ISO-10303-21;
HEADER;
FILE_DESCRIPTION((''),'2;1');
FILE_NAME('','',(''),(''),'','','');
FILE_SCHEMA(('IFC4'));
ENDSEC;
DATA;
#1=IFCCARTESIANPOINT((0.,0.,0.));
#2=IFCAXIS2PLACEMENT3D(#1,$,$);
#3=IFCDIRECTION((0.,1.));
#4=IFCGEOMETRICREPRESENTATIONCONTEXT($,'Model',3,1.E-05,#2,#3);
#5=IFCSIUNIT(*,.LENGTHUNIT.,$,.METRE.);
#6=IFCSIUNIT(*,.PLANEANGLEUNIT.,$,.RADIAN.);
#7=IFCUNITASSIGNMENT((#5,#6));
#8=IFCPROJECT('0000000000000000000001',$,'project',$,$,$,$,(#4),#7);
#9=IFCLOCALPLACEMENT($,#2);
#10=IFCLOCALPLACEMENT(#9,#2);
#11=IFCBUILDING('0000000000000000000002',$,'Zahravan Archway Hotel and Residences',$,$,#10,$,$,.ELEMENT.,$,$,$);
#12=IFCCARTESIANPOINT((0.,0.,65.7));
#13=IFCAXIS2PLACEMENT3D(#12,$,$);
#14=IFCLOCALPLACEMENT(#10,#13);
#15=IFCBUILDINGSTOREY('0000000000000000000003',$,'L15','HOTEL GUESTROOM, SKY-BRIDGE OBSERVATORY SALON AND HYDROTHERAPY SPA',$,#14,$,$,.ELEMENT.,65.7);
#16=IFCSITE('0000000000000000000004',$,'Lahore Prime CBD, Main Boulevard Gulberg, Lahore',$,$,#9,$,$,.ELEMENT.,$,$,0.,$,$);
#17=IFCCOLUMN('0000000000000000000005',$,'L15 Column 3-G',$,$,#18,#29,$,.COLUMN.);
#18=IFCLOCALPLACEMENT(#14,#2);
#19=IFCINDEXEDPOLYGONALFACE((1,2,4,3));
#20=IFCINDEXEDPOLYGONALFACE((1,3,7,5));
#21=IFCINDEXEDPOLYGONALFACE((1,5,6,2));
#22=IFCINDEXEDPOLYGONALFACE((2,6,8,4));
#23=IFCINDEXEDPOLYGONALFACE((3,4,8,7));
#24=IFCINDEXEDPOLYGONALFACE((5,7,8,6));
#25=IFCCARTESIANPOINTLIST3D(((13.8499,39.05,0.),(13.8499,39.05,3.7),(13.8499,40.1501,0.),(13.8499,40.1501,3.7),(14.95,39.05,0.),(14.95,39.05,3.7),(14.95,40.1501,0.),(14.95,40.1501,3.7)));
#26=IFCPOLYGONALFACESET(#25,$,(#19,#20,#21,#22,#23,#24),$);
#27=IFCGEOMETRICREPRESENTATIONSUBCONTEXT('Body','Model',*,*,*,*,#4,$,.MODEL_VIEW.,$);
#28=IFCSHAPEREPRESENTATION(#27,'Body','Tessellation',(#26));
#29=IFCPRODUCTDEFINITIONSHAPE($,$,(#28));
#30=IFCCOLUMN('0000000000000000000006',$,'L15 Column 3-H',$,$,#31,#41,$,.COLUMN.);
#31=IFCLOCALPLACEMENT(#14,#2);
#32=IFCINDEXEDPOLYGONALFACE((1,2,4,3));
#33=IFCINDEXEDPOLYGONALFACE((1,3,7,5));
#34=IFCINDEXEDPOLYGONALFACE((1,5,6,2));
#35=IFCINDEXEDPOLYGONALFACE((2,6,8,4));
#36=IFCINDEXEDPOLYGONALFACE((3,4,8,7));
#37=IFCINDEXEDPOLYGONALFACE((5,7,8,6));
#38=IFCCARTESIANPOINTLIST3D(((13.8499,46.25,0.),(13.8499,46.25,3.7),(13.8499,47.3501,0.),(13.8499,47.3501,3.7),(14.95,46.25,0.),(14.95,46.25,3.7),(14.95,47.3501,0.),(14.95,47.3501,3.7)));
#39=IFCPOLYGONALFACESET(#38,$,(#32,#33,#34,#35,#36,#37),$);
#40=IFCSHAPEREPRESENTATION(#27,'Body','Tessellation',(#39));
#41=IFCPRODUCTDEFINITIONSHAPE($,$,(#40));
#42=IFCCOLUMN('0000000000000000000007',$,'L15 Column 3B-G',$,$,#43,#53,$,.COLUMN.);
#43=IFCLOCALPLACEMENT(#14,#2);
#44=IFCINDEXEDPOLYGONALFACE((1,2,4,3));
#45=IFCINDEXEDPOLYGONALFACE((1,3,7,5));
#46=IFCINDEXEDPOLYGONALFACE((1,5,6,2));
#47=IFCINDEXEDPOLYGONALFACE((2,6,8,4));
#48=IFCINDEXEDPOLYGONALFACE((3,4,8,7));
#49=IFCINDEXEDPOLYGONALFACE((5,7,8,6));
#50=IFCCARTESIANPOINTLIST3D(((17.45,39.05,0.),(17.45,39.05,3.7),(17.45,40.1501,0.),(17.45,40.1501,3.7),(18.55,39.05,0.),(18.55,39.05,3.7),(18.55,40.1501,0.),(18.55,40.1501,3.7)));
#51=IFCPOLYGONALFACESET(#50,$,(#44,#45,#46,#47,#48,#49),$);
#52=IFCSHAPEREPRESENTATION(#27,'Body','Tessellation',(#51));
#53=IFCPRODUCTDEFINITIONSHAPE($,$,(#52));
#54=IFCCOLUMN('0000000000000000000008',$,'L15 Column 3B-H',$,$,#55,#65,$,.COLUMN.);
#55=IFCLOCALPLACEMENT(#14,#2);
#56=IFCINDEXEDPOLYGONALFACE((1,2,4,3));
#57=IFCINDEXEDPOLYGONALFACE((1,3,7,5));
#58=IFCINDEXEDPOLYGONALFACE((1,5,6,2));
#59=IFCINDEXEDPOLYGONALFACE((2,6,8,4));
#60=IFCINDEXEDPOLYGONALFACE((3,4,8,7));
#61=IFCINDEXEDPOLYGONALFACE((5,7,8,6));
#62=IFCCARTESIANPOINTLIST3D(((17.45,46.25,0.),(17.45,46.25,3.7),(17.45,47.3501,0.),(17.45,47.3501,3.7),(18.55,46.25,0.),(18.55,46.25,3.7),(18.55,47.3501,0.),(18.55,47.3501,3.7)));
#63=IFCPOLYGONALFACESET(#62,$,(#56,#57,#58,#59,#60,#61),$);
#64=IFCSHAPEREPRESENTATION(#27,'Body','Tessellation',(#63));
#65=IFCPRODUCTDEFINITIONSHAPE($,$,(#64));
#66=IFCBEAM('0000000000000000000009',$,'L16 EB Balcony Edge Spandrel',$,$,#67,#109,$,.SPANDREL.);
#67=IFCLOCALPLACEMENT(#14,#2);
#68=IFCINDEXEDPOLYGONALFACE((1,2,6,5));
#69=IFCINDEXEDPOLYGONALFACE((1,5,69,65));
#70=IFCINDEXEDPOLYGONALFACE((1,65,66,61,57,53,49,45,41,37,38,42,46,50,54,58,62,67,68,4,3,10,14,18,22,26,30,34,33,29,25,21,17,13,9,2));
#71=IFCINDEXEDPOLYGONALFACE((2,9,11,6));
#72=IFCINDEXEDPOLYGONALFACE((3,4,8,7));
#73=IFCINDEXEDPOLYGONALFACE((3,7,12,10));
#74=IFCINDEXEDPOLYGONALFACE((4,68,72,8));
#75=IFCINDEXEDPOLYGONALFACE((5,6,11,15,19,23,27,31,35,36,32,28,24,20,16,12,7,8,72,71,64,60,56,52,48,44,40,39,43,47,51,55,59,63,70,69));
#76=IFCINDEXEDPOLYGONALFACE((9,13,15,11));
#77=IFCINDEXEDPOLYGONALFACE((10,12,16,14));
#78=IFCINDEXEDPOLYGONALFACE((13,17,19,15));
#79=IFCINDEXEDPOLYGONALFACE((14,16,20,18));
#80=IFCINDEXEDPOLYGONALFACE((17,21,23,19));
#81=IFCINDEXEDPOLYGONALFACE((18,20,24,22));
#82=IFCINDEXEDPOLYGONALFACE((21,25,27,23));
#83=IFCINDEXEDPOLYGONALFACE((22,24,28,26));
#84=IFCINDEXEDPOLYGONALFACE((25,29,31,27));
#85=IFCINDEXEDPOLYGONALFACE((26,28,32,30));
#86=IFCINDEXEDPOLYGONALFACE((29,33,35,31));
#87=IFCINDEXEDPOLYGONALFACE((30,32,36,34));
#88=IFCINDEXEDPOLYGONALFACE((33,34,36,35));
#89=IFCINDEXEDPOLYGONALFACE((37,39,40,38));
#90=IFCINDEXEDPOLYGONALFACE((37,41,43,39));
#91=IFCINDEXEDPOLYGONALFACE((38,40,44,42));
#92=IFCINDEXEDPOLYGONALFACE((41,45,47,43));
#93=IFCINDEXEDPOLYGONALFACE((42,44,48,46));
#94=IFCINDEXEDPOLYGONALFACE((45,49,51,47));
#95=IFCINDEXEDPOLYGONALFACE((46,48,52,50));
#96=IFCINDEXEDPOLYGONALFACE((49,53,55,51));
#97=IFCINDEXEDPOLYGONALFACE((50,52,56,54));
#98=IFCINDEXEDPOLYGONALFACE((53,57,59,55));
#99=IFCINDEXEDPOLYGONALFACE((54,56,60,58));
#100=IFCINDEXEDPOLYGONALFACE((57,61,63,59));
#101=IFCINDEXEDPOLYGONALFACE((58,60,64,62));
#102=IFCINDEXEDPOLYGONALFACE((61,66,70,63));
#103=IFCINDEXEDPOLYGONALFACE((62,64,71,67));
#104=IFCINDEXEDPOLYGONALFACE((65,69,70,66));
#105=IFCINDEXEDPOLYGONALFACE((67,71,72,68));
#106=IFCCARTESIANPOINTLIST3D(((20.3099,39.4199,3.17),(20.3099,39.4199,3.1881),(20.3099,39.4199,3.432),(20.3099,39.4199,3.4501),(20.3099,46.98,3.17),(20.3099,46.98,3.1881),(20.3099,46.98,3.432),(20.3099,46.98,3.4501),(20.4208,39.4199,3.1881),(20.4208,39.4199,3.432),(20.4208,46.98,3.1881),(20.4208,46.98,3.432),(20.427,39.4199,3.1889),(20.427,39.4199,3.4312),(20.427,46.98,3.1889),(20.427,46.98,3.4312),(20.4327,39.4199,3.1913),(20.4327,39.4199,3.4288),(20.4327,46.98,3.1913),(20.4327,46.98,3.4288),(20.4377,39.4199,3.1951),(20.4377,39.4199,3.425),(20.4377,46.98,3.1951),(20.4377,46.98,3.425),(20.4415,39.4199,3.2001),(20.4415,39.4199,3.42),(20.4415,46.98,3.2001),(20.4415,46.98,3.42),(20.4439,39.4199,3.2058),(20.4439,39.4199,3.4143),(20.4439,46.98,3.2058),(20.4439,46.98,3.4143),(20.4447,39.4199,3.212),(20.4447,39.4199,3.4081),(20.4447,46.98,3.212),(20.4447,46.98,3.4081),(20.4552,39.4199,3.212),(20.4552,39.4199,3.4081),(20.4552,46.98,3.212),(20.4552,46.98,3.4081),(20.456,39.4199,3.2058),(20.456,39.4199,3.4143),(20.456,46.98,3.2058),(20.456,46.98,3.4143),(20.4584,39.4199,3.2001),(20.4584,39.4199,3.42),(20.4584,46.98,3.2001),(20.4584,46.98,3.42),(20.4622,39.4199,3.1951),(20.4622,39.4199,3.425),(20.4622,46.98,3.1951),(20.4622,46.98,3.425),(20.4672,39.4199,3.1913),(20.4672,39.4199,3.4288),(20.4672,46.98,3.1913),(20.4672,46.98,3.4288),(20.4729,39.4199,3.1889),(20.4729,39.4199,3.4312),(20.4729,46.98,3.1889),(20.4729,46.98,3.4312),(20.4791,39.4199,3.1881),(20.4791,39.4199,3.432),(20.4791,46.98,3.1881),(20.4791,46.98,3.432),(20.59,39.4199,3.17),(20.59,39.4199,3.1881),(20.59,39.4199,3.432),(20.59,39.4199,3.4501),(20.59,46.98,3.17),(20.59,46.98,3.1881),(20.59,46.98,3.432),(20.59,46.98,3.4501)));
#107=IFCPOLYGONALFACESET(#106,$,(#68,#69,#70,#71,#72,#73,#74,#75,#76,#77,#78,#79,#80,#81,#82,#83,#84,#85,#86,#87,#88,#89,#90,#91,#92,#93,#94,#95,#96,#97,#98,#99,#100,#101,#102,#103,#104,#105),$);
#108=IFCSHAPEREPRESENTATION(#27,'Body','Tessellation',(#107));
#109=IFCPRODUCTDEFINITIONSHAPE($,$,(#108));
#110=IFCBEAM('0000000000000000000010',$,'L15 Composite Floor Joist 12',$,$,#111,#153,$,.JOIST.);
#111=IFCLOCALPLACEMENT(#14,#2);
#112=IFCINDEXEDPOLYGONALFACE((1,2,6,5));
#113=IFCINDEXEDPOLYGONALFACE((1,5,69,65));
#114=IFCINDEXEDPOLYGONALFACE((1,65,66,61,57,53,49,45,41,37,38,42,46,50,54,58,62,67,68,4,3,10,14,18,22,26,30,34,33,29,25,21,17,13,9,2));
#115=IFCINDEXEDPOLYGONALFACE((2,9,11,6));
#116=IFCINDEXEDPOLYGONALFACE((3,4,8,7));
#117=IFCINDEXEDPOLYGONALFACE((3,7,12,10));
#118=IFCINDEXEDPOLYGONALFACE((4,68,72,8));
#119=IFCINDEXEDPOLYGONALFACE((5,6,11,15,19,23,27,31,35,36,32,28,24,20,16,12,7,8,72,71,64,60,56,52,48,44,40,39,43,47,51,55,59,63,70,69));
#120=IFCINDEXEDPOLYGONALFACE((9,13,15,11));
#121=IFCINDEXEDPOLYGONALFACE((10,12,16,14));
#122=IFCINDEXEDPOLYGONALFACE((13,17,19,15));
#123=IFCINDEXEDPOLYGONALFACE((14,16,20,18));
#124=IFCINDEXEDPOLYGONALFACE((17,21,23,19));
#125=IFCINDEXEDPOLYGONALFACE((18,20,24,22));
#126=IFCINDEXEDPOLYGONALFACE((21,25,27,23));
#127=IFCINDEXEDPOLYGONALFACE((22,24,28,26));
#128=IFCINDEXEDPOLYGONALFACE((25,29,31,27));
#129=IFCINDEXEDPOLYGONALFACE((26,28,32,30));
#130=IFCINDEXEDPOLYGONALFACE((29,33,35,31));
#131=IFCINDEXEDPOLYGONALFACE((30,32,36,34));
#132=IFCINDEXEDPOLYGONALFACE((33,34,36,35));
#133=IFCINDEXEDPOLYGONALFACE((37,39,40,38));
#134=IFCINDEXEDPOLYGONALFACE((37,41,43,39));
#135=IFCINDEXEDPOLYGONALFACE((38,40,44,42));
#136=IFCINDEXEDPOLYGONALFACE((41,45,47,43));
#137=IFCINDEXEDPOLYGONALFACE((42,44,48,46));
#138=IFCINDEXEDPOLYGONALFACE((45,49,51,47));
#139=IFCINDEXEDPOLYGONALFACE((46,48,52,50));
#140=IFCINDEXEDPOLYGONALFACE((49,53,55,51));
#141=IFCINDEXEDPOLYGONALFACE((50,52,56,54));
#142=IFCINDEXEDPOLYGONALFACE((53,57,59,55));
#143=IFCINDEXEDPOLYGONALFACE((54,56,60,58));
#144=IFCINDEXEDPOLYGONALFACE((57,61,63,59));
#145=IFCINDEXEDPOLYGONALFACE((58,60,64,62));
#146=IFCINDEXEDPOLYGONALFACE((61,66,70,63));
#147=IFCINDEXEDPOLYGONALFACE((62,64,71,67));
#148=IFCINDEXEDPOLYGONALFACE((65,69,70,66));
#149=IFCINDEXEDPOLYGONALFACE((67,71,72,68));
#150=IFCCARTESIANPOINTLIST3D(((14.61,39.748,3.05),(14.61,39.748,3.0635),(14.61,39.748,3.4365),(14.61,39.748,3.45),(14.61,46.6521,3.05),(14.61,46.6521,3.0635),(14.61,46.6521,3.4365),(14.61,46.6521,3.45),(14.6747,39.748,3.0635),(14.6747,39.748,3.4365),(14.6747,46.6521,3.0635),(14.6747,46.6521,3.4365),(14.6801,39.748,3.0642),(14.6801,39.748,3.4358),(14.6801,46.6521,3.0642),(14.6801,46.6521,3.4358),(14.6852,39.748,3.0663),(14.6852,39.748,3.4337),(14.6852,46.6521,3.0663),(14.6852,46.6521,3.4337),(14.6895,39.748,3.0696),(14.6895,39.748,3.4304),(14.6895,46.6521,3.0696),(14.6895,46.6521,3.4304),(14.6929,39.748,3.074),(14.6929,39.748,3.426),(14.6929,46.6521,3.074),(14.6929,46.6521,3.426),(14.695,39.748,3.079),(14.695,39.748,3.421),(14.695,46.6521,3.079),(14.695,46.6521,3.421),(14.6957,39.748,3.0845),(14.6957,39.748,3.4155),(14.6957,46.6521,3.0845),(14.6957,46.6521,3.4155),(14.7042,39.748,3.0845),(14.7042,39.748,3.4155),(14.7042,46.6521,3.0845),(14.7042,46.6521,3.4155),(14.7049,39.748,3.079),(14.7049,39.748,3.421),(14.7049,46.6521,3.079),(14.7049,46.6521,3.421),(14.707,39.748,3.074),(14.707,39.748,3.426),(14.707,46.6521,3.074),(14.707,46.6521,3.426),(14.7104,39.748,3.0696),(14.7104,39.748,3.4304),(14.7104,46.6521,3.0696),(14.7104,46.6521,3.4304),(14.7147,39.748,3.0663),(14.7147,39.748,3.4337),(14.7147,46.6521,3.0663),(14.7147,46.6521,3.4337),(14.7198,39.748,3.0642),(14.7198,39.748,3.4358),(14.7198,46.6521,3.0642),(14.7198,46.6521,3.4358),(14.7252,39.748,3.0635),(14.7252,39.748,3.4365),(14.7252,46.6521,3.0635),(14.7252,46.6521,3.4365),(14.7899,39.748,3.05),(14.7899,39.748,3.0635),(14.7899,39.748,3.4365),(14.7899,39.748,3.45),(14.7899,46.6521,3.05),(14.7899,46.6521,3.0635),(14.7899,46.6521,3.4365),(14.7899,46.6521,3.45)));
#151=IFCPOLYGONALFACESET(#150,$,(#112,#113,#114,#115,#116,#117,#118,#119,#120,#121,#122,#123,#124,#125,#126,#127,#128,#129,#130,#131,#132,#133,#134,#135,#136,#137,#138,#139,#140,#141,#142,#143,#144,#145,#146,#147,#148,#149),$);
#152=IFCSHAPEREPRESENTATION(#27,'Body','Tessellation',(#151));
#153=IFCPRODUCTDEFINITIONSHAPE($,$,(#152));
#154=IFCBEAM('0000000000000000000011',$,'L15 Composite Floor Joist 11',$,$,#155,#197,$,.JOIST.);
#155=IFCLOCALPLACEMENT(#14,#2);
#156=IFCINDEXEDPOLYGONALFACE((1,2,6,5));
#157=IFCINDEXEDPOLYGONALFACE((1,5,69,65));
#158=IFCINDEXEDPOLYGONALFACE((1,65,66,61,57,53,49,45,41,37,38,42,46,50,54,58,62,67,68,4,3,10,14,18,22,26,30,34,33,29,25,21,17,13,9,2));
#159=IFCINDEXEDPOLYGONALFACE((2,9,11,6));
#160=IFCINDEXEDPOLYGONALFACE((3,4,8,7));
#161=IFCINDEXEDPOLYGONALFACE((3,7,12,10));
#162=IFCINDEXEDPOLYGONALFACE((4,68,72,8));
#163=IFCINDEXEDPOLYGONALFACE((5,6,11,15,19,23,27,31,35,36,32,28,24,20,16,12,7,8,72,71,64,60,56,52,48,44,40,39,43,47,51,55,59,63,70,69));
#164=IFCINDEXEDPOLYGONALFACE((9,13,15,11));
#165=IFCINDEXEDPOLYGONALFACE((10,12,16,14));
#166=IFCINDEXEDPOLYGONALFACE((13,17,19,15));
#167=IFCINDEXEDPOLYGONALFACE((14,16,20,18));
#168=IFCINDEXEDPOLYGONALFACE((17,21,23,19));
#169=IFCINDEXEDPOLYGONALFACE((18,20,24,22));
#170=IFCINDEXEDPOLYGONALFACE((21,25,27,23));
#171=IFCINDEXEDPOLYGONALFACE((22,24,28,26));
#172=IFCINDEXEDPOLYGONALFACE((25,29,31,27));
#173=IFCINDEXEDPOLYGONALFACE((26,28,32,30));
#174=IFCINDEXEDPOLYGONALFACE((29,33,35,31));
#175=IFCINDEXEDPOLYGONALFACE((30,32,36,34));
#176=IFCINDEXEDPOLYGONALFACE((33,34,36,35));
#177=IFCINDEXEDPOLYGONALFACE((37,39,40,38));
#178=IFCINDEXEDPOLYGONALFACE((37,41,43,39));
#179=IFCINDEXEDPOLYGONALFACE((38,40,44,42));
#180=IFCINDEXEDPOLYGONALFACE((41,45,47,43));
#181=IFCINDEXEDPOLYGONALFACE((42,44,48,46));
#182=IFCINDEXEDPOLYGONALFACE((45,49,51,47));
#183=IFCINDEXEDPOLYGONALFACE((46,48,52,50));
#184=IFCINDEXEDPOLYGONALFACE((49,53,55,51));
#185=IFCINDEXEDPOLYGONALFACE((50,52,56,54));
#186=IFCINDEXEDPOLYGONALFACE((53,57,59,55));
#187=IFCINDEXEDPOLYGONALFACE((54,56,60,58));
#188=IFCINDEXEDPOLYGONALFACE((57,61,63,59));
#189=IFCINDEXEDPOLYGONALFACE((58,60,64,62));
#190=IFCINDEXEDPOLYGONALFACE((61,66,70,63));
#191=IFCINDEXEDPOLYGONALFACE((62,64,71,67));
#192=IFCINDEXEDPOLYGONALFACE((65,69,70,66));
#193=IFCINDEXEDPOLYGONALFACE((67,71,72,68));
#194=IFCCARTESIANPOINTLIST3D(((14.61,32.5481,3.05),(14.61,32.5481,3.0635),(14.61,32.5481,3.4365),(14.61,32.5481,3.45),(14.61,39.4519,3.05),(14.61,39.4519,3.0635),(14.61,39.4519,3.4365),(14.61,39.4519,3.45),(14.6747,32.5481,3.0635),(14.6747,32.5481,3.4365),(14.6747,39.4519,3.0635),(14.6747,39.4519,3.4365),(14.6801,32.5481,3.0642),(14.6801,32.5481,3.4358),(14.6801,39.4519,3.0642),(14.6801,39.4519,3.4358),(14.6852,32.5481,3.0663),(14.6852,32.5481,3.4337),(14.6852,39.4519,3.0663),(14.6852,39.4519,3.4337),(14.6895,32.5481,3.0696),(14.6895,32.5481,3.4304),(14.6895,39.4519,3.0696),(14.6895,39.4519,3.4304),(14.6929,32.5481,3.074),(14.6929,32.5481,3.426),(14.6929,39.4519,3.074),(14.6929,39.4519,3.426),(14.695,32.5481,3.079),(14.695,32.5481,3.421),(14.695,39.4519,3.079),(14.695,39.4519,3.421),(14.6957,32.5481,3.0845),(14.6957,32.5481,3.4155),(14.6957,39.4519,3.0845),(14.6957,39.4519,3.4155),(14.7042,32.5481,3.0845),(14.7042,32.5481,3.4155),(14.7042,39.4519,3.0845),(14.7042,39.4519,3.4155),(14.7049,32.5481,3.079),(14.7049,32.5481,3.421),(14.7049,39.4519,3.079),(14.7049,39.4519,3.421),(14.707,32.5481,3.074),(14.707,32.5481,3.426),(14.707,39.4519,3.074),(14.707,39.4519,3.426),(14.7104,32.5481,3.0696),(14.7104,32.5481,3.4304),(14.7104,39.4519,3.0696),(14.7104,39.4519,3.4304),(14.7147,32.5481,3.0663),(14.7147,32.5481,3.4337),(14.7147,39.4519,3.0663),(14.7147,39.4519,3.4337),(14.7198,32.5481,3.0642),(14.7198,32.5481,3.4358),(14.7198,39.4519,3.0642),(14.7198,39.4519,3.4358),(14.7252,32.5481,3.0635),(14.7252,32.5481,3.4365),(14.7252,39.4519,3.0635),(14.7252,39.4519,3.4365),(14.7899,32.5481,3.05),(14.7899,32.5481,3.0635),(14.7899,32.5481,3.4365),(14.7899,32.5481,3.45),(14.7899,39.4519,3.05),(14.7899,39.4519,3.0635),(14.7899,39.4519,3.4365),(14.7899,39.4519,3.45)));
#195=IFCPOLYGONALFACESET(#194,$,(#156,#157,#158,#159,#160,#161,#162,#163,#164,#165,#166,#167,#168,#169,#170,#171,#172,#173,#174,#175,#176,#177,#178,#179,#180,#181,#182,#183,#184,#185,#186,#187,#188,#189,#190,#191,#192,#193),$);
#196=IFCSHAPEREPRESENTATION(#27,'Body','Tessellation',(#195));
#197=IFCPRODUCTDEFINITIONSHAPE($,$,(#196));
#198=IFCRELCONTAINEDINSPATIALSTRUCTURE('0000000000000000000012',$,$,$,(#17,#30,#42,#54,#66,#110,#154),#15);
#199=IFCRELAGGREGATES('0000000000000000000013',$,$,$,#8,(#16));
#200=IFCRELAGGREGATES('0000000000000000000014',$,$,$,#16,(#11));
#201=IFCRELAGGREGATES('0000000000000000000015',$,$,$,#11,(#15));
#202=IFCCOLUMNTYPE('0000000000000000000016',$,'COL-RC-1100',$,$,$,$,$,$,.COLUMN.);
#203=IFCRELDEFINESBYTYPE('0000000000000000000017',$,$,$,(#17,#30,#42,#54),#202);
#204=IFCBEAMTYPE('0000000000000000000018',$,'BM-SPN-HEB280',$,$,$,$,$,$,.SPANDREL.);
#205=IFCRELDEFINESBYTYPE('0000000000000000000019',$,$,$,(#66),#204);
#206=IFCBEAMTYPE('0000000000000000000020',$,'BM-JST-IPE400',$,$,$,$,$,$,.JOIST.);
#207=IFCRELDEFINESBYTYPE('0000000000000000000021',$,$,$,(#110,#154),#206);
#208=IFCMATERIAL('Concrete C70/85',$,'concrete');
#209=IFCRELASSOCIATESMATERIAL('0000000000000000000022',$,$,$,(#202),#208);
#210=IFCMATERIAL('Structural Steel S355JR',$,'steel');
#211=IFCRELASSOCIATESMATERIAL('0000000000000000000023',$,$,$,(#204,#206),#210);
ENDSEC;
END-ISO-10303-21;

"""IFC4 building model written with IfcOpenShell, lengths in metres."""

from ifc_helpers import new_model, si_unit, direction, frame, origin, origin_2d, place, context, subcontext, project, spatial, rectangle, i_section, extrude, source, transform, mapped, material, material_profile, profile_set, type_object, type_shapes, element, save


model = new_model("IFC4")

# Units and contexts
model_context = context("Model", 3, precision=1e-05, world=origin(), true_north=direction((0.0, 1.0)))
body_context = subcontext(model_context, "Body", "Model", "MODEL_VIEW")
ifc_project = project(units=[si_unit("LENGTHUNIT", "METRE"), si_unit("PLANEANGLEUNIT", "RADIAN")], contexts=[model_context])

# Site, building, storey
site_placement = place(None, origin())
site = spatial("IfcSite", under=ifc_project, at=site_placement, Name="Lahore Prime CBD, Main Boulevard Gulberg, Lahore", CompositionType="ELEMENT", RefElevation=0.0)
building_placement = place(site_placement, origin())
building = spatial("IfcBuilding", under=site, at=building_placement, Name="Zahravan Archway Hotel and Residences", CompositionType="ELEMENT")
storey_placement = place(building_placement, frame((0.0, 0.0, 65.7)))
storey = spatial("IfcBuildingStorey", under=building, at=storey_placement, Name="L15", Description="HOTEL GUESTROOM, SKY-BRIDGE OBSERVATORY SALON AND HYDROTHERAPY SPA", CompositionType="ELEMENT", Elevation=65.7)

# Columns
ifc_material_1 = material(Name="Concrete C70/85", Category="concrete")
ifc_material_profile_1 = material_profile(ifc_material_1, rectangle(XDim=1.1001, YDim=1.1001, at=origin_2d()), Name="RC 1100x1100", Category="concrete")
ifc_profile_set_1 = profile_set([ifc_material_profile_1], Name="Concrete C70/85")
column_type = type_object("IfcColumnType", Name="COL-RC-1100", PredefinedType="COLUMN", material=ifc_profile_set_1)
shared_shape_1 = source(origin(), body_context, "Body", "SweptSolid", [
    extrude(rectangle(XDim=1.1001, YDim=1.1001, at=origin_2d()), origin(), (0.0, 0.0, 1.0), 3.7),
])
for number, where, z_axis, x_axis, name in (
    (1, (14.3999, 39.6001, 0.0), (0.0, 0.0, 1.0), (1.0, 0.0, 0.0), "L15 Column 3-G"),
    (2, (14.3999, 46.8, 0.0), (0.0, 0.0, 1.0), (1.0, 0.0, 0.0), "L15 Column 3-H"),
    (3, (18.0, 39.6001, 0.0), (0.0, 0.0, 1.0), (1.0, 0.0, 0.0), "L15 Column 3B-G"),
    (4, (18.0, 46.8, 0.0), (0.0, 0.0, 1.0), (1.0, 0.0, 0.0), "L15 Column 3B-H"),
):
    element("IfcColumn", number, at=place(storey_placement, frame(where, z_axis=z_axis, x_axis=x_axis)), inside=storey, type_object=column_type, Name=name, PredefinedType="COLUMN", context=body_context, shape_type="MappedRepresentation", body=[
        mapped(shared_shape_1, transform((0.0, 0.0, 0.0), scale=1.0)),
    ])

# Beams
ifc_material_2 = material(Name="Structural Steel S355JR", Category="steel")
ifc_material_profile_2 = material_profile(ifc_material_2, i_section(OverallWidth=0.28, OverallDepth=0.28, WebThickness=0.0105, FlangeThickness=0.0181, FilletRadius=0.0239, at=origin_2d()), Name="HEB 280", Category="steel")
ifc_profile_set_2 = profile_set([ifc_material_profile_2], Name="Structural Steel S355JR")
beam_type_1 = type_object("IfcBeamType", Name="BM-SPN-HEB280", PredefinedType="SPANDREL", material=ifc_profile_set_2)
shared_shape_2 = source(origin(), body_context, "Body", "SweptSolid", [
    extrude(i_section(OverallWidth=0.28, OverallDepth=0.28, WebThickness=0.0105, FlangeThickness=0.0181, FilletRadius=0.0239, at=origin_2d()), origin(), (0.0, 0.0, 1.0), 7.5601),
])
type_shapes(beam_type_1, [shared_shape_2])
beam_1_placement = place(storey_placement, frame((20.45, 39.4199, 3.3101), z_axis=(0.0, 1.0, 0.0), x_axis=(-1.0, 0.0, 0.0)))
element("IfcBeam", 5, at=beam_1_placement, inside=storey, type_object=beam_type_1, Name="L16 EB Balcony Edge Spandrel", PredefinedType="SPANDREL", context=body_context, shape_type="MappedRepresentation", body=[
    mapped(shared_shape_2, transform((0.0, 0.0, 0.0), scale=1.0)),
])
ifc_material_profile_3 = material_profile(ifc_material_2, i_section(OverallWidth=0.1799, OverallDepth=0.3999, WebThickness=0.0085, FlangeThickness=0.0134, FilletRadius=0.021, at=origin_2d()), Name="IPE 400", Category="steel")
ifc_profile_set_3 = profile_set([ifc_material_profile_3], Name="Structural Steel S355JR")
beam_type_2 = type_object("IfcBeamType", Name="BM-JST-IPE400", PredefinedType="JOIST", material=ifc_profile_set_3)
shared_shape_3 = source(origin(), body_context, "Body", "SweptSolid", [
    extrude(i_section(OverallWidth=0.1799, OverallDepth=0.3999, WebThickness=0.0085, FlangeThickness=0.0134, FilletRadius=0.021, at=origin_2d()), origin(), (0.0, 0.0, 1.0), 6.9041),
])
type_shapes(beam_type_2, [shared_shape_3])
beam_2_placement = place(storey_placement, frame((14.7, 39.748, 3.25), z_axis=(0.0, 1.0, 0.0), x_axis=(-1.0, 0.0, 0.0)))
element("IfcBeam", 6, at=beam_2_placement, inside=storey, type_object=beam_type_2, Name="L15 Composite Floor Joist 12", PredefinedType="JOIST", context=body_context, shape_type="MappedRepresentation", body=[
    mapped(shared_shape_3, transform((0.0, 0.0, 0.0), scale=1.0)),
])
shared_shape_4 = source(origin(), body_context, "Body", "SweptSolid", [
    extrude(i_section(OverallWidth=0.1799, OverallDepth=0.3999, WebThickness=0.0085, FlangeThickness=0.0134, FilletRadius=0.021, at=origin_2d()), origin(), (0.0, 0.0, 1.0), 6.9038),
])
beam_3_placement = place(storey_placement, frame((14.7, 32.5481, 3.25), z_axis=(0.0, 1.0, 0.0), x_axis=(-1.0, 0.0, 0.0)))
element("IfcBeam", 7, at=beam_3_placement, inside=storey, type_object=beam_type_2, Name="L15 Composite Floor Joist 11", PredefinedType="JOIST", context=body_context, shape_type="MappedRepresentation", body=[
    mapped(shared_shape_4, transform((0.0, 0.0, 0.0), scale=1.0)),
])

save(model, "model.ifc")
